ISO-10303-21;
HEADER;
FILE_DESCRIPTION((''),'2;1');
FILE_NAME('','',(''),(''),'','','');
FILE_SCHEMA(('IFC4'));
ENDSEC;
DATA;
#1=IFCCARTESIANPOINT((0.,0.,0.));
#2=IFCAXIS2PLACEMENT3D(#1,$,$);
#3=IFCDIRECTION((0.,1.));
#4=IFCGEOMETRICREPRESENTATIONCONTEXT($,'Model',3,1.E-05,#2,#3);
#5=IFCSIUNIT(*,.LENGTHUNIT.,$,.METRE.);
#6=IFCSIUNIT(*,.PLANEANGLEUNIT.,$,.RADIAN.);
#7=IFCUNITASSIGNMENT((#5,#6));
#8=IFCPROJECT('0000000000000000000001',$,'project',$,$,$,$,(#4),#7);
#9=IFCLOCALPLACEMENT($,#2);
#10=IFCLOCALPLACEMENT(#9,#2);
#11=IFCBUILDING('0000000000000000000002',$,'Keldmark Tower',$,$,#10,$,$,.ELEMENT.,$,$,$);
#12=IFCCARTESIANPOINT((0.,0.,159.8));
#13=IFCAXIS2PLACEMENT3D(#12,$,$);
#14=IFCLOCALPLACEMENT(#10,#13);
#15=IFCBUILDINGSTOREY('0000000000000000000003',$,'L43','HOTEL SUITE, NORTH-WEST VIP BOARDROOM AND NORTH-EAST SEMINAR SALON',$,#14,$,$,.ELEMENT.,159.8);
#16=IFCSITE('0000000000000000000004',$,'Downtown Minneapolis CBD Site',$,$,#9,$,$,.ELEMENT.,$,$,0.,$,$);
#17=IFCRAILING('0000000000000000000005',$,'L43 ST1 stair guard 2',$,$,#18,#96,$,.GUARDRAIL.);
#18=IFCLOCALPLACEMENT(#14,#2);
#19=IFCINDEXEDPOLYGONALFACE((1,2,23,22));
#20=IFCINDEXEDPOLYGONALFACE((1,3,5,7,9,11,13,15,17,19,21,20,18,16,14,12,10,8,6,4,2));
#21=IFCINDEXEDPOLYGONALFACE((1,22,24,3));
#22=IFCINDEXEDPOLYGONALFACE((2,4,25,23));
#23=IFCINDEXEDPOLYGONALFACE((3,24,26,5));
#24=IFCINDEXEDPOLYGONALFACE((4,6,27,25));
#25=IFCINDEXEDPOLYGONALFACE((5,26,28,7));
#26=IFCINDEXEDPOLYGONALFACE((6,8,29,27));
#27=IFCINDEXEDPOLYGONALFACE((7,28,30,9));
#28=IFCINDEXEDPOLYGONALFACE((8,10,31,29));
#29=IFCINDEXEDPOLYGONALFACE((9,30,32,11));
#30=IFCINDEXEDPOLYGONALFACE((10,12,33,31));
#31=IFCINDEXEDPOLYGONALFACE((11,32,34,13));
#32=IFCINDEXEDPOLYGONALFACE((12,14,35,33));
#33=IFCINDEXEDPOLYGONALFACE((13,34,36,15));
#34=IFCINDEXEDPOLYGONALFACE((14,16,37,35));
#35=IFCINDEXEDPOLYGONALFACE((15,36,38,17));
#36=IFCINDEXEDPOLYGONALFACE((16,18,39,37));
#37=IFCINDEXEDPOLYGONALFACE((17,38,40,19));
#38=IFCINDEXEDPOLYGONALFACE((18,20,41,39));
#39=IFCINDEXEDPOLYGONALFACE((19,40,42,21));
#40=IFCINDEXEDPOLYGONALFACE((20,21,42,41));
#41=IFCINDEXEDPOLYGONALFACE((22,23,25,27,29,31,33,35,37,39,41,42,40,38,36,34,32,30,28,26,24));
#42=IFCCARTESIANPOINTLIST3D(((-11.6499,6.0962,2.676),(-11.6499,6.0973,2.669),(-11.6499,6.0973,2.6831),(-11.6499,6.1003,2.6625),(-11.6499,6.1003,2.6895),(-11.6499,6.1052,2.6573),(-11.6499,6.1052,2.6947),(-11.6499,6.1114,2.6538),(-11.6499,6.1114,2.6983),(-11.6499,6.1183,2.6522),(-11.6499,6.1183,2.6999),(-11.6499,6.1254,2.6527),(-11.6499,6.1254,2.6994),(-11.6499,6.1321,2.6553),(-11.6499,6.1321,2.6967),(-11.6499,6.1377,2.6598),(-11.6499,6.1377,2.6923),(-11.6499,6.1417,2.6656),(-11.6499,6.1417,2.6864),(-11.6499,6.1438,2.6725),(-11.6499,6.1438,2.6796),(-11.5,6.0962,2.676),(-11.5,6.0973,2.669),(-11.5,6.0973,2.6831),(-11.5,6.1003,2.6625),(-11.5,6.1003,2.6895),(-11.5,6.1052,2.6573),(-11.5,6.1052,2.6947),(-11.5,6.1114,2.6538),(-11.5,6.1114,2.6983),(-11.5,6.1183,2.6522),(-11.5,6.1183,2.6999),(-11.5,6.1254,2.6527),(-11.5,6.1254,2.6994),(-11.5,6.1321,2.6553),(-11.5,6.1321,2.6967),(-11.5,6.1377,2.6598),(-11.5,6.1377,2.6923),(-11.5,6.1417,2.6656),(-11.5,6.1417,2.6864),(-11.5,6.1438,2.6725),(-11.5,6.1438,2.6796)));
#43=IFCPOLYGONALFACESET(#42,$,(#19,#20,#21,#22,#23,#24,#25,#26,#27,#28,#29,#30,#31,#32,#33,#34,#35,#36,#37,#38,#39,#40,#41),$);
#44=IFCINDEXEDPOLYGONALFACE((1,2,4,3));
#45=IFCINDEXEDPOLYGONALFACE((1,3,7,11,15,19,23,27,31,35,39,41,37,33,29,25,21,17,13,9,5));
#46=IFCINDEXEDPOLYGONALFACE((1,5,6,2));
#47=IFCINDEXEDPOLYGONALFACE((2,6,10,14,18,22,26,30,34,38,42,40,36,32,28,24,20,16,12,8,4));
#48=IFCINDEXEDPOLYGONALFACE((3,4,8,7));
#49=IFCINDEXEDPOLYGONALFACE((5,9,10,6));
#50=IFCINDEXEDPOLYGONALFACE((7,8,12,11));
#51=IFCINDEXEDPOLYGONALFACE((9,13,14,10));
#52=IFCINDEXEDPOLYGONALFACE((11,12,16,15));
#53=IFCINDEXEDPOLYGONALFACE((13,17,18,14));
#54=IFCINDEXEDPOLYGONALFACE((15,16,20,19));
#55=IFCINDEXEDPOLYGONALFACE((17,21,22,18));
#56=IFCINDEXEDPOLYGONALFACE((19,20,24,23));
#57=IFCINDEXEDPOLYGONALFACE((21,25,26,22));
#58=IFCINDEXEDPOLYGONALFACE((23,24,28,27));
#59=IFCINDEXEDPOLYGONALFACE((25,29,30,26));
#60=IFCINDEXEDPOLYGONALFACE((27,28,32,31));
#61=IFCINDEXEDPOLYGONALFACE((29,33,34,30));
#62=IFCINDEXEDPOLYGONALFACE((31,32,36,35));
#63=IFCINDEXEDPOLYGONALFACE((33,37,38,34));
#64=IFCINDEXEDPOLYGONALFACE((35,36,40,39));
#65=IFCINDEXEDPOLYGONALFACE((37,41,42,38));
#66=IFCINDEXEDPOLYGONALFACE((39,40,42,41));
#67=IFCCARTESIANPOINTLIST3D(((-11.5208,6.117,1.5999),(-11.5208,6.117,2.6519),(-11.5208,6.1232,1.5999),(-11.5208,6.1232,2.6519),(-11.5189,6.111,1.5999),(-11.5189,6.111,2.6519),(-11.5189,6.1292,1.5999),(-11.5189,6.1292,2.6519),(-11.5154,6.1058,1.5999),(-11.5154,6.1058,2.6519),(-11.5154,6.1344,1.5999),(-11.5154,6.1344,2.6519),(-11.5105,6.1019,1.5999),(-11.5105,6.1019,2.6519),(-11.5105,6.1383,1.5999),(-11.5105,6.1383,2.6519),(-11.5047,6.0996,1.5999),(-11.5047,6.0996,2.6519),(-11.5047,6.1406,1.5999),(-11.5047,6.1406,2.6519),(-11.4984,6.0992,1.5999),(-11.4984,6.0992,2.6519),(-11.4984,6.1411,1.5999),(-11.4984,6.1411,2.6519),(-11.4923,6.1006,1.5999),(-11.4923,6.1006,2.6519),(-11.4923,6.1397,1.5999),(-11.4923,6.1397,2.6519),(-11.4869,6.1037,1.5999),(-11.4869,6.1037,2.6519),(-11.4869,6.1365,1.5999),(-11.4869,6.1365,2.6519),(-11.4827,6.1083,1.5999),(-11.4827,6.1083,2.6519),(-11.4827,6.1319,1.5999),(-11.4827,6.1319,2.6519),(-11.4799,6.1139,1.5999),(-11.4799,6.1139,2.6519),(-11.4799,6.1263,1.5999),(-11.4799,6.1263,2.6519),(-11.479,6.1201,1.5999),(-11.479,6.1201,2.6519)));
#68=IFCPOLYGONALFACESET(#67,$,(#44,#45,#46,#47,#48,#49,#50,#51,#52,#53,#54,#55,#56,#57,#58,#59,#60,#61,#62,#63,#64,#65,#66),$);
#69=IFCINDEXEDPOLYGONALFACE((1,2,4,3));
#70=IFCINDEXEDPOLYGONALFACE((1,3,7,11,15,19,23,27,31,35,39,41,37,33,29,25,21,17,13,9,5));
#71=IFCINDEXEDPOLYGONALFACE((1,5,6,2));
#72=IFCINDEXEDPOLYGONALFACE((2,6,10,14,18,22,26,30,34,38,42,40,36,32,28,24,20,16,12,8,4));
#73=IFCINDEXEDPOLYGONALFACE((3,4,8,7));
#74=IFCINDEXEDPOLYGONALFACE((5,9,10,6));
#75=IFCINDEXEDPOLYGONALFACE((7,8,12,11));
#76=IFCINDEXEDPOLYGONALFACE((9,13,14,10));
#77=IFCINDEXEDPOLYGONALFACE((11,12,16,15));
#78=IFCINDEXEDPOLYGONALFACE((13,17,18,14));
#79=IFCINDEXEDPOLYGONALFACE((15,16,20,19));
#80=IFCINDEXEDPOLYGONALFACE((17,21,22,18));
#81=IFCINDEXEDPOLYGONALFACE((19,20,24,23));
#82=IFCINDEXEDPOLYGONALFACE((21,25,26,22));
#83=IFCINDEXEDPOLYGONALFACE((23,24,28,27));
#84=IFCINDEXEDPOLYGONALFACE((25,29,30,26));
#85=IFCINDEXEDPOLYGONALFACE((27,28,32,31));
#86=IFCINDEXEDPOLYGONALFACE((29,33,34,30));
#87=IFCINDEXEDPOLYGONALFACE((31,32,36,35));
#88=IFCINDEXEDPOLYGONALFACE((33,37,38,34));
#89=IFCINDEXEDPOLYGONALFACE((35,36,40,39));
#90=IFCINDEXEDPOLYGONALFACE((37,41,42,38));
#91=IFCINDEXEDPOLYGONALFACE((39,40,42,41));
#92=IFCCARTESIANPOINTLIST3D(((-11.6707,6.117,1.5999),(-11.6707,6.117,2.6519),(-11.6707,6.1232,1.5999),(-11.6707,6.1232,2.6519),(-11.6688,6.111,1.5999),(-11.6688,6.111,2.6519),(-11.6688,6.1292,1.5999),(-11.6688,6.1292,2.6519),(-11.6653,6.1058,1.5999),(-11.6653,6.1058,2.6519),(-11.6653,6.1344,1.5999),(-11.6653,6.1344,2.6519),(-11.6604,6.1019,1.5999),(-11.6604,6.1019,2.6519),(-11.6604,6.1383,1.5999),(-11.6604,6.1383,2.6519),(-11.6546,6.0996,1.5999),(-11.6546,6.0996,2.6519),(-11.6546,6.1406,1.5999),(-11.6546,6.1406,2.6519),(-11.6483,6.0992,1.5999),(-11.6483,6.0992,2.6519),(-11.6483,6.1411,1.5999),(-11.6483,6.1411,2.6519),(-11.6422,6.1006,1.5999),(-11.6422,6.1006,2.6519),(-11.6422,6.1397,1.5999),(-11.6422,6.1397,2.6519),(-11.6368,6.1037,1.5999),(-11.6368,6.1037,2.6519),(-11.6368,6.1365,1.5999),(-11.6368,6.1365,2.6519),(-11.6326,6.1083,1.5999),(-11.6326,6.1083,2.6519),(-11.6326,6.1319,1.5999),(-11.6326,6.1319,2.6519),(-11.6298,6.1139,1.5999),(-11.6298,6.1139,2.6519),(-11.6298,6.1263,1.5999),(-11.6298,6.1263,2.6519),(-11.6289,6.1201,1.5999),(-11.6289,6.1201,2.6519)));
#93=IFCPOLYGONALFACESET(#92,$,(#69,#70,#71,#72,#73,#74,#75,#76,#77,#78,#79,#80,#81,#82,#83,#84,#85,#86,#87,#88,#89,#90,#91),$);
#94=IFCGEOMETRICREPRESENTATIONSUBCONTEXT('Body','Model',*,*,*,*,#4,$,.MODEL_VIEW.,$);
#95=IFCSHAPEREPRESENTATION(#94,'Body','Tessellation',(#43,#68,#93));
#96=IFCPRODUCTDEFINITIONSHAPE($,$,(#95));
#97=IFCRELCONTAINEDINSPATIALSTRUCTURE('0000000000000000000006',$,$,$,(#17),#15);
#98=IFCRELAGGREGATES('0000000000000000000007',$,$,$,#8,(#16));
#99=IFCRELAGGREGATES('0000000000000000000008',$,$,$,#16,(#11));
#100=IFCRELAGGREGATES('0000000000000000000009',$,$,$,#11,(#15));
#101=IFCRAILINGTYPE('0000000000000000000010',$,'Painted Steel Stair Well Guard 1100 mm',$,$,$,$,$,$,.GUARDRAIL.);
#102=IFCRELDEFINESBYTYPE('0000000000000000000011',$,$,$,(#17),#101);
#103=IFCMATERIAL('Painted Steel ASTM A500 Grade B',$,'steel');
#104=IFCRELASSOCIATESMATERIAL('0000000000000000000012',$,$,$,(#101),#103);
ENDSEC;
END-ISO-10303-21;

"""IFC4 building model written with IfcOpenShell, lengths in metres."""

from ifc_helpers import new_model, si_unit, direction, frame, origin, origin_2d, place, context, subcontext, project, spatial, circle, extrude, material, type_object, element, save


model = new_model("IFC4")

# Units and contexts
model_context = context("Model", 3, precision=1e-05, world=origin(), true_north=direction((0.0, 1.0)))
body_context = subcontext(model_context, "Body", "Model", "MODEL_VIEW")
ifc_project = project(units=[si_unit("LENGTHUNIT", "METRE"), si_unit("PLANEANGLEUNIT", "RADIAN")], contexts=[model_context])

# Site, building, storey
site_placement = place(None, origin())
site = spatial("IfcSite", under=ifc_project, at=site_placement, Name="Downtown Minneapolis CBD Site", CompositionType="ELEMENT", RefElevation=0.0)
building_placement = place(site_placement, origin())
building = spatial("IfcBuilding", under=site, at=building_placement, Name="Keldmark Tower", CompositionType="ELEMENT")
storey_placement = place(building_placement, frame((0.0, 0.0, 159.8)))
storey = spatial("IfcBuildingStorey", under=building, at=storey_placement, Name="L43", Description="HOTEL SUITE, NORTH-WEST VIP BOARDROOM AND NORTH-EAST SEMINAR SALON", CompositionType="ELEMENT", Elevation=159.8)

# Railing
ifc_material_1 = material(Name="Painted Steel ASTM A500 Grade B", Category="steel")
railing_type_1 = type_object("IfcRailingType", Name="Painted Steel Stair Well Guard 1100 mm", PredefinedType="GUARDRAIL", material=ifc_material_1)
railing_1_placement = place(storey_placement, frame((-11.5, 6.1201, 1.5999)))
element("IfcRailing", 1, at=railing_1_placement, inside=storey, type_object=railing_type_1, Name="L43 ST1 stair guard 2", PredefinedType="GUARDRAIL", context=body_context, shape_type="SweptSolid", body=[
    extrude(circle(Radius=0.0239, at=origin_2d()), frame((0.0, 0.0, 1.0762), z_axis=(-1.0, 0.0, 0.0), x_axis=(0.0, -1.0, 0.0)), (0.0, 0.0, 1.0), 0.1499),
    extrude(circle(Radius=0.021, at=origin_2d()), origin(), (0.0, 0.0, 1.0), 1.052),
    extrude(circle(Radius=0.021, at=origin_2d()), frame((-0.1499, 0.0, 0.0)), (0.0, 0.0, 1.0), 1.052),
])

save(model, "model.ifc")
